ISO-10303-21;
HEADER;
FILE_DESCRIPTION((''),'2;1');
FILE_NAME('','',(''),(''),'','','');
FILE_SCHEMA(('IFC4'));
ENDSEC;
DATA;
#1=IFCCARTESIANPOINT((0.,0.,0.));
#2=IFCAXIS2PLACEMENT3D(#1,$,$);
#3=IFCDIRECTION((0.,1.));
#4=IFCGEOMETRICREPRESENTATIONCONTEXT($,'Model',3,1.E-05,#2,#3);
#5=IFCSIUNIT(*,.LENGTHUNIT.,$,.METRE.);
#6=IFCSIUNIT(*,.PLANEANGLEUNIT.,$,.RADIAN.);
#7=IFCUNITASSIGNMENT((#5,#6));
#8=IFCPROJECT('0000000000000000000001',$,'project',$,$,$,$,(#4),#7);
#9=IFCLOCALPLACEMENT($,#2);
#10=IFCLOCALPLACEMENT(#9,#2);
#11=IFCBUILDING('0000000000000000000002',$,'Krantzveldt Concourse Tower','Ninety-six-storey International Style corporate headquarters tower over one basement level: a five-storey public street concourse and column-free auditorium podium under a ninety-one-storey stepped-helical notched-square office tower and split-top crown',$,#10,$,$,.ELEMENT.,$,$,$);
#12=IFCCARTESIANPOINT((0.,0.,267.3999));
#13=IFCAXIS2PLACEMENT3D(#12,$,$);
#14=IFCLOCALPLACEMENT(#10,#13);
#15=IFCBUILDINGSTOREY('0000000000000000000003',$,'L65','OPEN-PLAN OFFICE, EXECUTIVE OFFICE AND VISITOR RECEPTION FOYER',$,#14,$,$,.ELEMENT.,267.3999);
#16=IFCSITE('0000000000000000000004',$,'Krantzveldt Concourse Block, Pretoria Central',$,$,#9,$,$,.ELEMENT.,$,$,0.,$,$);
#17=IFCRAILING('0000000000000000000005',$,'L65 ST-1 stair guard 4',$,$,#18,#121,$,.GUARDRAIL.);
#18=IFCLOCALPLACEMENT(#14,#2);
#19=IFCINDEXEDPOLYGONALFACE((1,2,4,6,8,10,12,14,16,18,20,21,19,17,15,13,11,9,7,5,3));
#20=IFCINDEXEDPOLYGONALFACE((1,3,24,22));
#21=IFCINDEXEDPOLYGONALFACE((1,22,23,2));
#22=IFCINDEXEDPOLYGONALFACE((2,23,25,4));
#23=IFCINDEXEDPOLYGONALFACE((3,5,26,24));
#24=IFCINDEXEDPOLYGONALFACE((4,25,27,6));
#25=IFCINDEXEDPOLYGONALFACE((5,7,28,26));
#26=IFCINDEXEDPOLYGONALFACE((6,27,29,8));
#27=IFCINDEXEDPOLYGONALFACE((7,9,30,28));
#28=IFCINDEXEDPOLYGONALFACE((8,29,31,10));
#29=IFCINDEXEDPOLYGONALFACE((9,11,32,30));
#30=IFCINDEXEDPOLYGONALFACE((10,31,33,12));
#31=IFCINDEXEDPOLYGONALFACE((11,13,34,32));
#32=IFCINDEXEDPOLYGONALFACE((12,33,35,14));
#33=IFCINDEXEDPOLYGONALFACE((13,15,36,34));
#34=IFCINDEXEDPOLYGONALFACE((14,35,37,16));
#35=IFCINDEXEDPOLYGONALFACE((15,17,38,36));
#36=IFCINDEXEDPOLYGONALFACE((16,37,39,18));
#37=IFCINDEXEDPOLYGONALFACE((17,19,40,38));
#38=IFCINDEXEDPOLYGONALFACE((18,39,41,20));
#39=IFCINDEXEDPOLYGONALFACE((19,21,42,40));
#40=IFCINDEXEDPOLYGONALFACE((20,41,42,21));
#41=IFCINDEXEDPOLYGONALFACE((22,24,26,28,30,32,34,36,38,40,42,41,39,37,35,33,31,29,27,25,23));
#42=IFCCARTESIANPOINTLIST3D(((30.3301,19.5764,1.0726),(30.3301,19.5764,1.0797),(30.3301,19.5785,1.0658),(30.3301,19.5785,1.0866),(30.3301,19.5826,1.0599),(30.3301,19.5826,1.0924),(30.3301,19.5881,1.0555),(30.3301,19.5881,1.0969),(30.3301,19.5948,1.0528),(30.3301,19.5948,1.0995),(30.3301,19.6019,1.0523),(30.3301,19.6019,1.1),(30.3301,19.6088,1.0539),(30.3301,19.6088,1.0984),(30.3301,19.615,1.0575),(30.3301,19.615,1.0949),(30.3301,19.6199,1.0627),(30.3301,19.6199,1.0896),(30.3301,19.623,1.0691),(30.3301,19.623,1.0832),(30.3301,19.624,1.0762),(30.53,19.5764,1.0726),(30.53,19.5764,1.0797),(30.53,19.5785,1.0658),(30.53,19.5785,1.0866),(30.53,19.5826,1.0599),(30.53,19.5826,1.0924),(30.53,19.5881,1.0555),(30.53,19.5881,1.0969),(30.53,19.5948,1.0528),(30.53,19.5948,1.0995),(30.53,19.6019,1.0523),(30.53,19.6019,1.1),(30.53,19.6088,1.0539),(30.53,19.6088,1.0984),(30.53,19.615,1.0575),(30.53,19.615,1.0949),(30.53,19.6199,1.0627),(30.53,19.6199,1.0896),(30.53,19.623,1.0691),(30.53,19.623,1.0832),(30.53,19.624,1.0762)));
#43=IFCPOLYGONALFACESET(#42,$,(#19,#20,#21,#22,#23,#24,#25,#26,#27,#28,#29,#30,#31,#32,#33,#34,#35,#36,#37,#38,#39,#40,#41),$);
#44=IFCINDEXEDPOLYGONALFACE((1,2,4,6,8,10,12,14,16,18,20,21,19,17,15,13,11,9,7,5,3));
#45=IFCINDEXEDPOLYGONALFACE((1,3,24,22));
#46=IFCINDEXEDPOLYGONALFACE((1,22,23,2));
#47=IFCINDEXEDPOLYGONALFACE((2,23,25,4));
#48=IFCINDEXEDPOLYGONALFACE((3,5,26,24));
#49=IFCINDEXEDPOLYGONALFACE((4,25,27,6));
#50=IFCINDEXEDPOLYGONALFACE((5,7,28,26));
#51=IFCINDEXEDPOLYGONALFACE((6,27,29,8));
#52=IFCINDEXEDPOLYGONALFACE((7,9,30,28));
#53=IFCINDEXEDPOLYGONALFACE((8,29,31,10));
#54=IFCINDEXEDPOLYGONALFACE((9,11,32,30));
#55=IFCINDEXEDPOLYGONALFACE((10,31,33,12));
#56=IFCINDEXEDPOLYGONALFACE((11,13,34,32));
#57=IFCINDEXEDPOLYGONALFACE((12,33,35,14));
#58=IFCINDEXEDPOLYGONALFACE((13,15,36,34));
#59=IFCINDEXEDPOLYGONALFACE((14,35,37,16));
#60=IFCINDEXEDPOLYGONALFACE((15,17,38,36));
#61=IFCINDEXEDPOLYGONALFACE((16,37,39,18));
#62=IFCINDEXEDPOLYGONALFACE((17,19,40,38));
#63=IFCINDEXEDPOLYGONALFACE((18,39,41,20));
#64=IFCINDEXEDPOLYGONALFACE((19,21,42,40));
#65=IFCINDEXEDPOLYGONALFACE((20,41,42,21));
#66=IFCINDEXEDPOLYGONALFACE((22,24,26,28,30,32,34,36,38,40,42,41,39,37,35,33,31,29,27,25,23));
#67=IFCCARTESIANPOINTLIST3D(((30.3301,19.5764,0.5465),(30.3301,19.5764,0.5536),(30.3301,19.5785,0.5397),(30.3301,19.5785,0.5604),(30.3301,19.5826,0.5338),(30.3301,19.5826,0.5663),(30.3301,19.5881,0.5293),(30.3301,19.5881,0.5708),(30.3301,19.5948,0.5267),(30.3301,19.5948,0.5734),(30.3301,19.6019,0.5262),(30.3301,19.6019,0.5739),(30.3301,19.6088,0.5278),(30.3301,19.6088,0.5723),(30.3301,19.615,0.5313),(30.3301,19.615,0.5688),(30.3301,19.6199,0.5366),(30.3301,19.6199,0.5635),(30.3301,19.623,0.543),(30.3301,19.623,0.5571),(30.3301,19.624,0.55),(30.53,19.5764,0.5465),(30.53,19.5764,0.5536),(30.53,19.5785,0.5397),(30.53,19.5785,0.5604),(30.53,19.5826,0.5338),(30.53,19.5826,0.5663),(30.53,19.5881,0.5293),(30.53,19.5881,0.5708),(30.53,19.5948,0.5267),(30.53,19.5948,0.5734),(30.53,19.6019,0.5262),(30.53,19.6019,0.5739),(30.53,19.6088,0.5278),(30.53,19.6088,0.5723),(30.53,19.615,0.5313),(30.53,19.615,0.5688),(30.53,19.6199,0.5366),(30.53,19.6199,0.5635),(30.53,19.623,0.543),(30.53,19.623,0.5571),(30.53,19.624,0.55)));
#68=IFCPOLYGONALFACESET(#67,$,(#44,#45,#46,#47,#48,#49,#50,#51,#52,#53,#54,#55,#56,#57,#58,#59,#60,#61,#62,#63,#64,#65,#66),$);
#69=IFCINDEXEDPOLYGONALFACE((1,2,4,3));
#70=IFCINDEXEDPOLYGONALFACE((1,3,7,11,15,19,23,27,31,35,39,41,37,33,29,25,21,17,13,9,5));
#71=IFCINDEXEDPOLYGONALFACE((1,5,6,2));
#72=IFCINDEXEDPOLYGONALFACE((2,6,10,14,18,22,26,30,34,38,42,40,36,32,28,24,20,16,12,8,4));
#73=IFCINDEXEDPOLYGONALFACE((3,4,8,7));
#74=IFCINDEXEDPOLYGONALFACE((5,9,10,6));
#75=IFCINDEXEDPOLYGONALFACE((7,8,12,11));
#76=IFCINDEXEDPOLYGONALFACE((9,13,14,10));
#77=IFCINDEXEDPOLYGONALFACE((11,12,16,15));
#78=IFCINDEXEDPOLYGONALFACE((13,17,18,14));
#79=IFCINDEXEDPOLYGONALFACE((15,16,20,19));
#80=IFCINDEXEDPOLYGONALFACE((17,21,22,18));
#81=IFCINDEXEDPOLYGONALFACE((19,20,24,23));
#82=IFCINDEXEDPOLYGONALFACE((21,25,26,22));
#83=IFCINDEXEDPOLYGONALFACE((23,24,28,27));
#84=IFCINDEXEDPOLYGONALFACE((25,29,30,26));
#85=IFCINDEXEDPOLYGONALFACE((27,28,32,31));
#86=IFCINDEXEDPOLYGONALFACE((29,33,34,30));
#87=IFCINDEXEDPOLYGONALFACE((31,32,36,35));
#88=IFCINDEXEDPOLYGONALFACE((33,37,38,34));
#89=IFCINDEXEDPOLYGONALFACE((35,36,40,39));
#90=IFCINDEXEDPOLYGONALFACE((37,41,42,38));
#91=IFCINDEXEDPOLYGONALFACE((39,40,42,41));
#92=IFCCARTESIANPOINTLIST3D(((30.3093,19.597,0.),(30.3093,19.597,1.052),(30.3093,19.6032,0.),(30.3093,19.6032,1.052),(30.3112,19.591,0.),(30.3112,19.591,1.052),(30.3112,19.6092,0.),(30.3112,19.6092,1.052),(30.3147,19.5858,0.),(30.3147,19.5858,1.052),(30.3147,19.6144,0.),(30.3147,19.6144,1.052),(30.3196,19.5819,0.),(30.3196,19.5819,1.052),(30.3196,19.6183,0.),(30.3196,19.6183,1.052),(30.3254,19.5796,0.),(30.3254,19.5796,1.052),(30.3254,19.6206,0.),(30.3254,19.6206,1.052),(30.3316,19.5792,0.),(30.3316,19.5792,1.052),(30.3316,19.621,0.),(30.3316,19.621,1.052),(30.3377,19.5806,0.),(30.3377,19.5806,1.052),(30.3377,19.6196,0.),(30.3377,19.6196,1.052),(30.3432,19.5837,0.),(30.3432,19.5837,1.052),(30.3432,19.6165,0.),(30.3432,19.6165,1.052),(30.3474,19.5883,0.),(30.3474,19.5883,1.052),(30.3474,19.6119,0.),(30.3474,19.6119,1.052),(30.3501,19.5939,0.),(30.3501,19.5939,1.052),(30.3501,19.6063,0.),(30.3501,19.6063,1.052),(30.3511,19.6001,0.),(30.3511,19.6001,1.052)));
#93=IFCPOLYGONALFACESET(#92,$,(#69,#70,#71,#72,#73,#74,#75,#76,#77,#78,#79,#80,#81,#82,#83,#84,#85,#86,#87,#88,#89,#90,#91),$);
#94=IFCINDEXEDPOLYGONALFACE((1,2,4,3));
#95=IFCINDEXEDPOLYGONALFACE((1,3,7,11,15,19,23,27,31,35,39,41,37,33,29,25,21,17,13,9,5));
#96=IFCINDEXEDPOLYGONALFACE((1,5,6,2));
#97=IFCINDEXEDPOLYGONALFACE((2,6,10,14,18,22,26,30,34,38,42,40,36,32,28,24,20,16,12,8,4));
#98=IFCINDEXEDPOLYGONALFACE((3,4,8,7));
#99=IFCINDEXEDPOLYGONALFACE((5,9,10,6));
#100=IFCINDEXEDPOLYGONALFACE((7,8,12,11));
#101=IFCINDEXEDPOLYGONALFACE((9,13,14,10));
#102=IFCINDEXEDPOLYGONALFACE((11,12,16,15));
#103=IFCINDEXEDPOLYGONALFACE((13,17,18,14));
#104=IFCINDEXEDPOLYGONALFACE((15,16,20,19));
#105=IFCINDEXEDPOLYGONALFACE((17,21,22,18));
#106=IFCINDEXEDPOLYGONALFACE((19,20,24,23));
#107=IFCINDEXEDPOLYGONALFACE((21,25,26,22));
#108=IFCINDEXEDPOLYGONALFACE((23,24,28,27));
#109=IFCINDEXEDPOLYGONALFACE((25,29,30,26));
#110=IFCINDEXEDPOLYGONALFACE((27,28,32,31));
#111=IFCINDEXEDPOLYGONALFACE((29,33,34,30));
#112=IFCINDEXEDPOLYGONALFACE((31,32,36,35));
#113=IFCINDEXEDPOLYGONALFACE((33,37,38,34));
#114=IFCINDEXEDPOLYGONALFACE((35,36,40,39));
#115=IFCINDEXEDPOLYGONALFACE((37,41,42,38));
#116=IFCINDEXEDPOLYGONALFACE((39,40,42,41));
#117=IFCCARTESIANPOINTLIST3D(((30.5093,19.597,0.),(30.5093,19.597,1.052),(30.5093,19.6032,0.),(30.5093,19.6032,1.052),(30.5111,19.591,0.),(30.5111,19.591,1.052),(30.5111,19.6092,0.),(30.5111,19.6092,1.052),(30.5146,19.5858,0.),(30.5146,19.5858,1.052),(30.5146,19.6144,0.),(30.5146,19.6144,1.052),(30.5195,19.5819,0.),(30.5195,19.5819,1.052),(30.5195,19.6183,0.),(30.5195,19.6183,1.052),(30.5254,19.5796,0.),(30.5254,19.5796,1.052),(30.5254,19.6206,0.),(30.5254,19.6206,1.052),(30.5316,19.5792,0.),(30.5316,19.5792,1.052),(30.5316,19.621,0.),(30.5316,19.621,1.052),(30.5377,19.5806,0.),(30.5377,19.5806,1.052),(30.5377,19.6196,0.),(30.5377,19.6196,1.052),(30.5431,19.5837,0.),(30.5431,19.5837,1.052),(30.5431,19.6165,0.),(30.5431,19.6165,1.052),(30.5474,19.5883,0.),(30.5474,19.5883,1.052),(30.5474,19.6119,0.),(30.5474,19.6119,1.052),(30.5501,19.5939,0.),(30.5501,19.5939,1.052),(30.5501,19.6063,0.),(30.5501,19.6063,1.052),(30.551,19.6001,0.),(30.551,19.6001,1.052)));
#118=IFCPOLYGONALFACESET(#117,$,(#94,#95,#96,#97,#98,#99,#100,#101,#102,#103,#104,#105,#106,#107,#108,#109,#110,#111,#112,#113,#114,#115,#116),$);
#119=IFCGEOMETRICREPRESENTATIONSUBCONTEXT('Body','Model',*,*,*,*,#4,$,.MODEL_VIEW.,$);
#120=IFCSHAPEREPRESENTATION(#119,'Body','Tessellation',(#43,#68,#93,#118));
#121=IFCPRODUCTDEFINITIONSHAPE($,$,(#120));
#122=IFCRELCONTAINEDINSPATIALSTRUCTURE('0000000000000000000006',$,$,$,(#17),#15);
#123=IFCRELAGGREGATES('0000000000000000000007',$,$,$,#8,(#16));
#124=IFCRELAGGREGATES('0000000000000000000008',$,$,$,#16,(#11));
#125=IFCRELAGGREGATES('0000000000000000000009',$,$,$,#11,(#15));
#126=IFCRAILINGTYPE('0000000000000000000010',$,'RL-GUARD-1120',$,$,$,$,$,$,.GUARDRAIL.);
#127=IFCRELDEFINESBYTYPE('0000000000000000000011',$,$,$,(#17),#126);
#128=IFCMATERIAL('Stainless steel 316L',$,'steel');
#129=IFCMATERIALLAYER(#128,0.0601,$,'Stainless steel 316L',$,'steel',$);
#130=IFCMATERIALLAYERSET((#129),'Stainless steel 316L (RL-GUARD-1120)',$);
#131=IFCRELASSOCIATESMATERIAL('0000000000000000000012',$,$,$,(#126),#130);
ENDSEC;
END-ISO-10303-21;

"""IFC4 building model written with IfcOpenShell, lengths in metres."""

from ifc_helpers import new_model, si_unit, direction, frame, origin, origin_2d, place, context, subcontext, project, spatial, circle, extrude, material, layer, layer_set, type_object, element, save


model = new_model("IFC4")

# Units and contexts
model_context = context("Model", 3, precision=1e-05, world=origin(), true_north=direction((0.0, 1.0)))
body_context = subcontext(model_context, "Body", "Model", "MODEL_VIEW")
ifc_project = project(units=[si_unit("LENGTHUNIT", "METRE"), si_unit("PLANEANGLEUNIT", "RADIAN")], contexts=[model_context])

# Site, building, storey
site_placement = place(None, origin())
site = spatial("IfcSite", under=ifc_project, at=site_placement, Name="Krantzveldt Concourse Block, Pretoria Central", CompositionType="ELEMENT", RefElevation=0.0)
building_placement = place(site_placement, origin())
building = spatial("IfcBuilding", under=site, at=building_placement, Name="Krantzveldt Concourse Tower", Description="Ninety-six-storey International Style corporate headquarters tower over one basement level: a five-storey public street concourse and column-free auditorium podium under a ninety-one-storey stepped-helical notched-square office tower and split-top crown", CompositionType="ELEMENT")
storey_placement = place(building_placement, frame((0.0, 0.0, 267.3999)))
storey = spatial("IfcBuildingStorey", under=building, at=storey_placement, Name="L65", Description="OPEN-PLAN OFFICE, EXECUTIVE OFFICE AND VISITOR RECEPTION FOYER", CompositionType="ELEMENT", Elevation=267.3999)

# Railing
ifc_material_1 = material(Name="Stainless steel 316L", Category="steel")
ifc_layer_1 = layer(ifc_material_1, 0.0601, Name="Stainless steel 316L", Category="steel")
ifc_layer_set_1 = layer_set([ifc_layer_1], Name="Stainless steel 316L (RL-GUARD-1120)")
railing_type_1 = type_object("IfcRailingType", Name="RL-GUARD-1120", PredefinedType="GUARDRAIL", material=ifc_layer_set_1)
railing_1_placement = place(storey_placement, frame((30.3301, 19.6001, 0.0)))
element("IfcRailing", 1, at=railing_1_placement, inside=storey, type_object=railing_type_1, Name="L65 ST-1 stair guard 4", PredefinedType="GUARDRAIL", context=body_context, shape_type="SweptSolid", body=[
    extrude(circle(Radius=0.0239, at=origin_2d()), frame((0.0, 0.0, 1.0762), z_axis=(1.0, 0.0, 0.0), x_axis=(0.0, 1.0, 0.0)), (0.0, 0.0, 1.0), 0.2),
    extrude(circle(Radius=0.0239, at=origin_2d()), frame((0.0, 0.0, 0.55), z_axis=(1.0, 0.0, 0.0), x_axis=(0.0, 1.0, 0.0)), (0.0, 0.0, 1.0), 0.2),
    extrude(circle(Radius=0.021, at=origin_2d()), origin(), (0.0, 0.0, 1.0), 1.052),
    extrude(circle(Radius=0.021, at=origin_2d()), frame((0.2, 0.0, 0.0)), (0.0, 0.0, 1.0), 1.052),
])

save(model, "model.ifc")
